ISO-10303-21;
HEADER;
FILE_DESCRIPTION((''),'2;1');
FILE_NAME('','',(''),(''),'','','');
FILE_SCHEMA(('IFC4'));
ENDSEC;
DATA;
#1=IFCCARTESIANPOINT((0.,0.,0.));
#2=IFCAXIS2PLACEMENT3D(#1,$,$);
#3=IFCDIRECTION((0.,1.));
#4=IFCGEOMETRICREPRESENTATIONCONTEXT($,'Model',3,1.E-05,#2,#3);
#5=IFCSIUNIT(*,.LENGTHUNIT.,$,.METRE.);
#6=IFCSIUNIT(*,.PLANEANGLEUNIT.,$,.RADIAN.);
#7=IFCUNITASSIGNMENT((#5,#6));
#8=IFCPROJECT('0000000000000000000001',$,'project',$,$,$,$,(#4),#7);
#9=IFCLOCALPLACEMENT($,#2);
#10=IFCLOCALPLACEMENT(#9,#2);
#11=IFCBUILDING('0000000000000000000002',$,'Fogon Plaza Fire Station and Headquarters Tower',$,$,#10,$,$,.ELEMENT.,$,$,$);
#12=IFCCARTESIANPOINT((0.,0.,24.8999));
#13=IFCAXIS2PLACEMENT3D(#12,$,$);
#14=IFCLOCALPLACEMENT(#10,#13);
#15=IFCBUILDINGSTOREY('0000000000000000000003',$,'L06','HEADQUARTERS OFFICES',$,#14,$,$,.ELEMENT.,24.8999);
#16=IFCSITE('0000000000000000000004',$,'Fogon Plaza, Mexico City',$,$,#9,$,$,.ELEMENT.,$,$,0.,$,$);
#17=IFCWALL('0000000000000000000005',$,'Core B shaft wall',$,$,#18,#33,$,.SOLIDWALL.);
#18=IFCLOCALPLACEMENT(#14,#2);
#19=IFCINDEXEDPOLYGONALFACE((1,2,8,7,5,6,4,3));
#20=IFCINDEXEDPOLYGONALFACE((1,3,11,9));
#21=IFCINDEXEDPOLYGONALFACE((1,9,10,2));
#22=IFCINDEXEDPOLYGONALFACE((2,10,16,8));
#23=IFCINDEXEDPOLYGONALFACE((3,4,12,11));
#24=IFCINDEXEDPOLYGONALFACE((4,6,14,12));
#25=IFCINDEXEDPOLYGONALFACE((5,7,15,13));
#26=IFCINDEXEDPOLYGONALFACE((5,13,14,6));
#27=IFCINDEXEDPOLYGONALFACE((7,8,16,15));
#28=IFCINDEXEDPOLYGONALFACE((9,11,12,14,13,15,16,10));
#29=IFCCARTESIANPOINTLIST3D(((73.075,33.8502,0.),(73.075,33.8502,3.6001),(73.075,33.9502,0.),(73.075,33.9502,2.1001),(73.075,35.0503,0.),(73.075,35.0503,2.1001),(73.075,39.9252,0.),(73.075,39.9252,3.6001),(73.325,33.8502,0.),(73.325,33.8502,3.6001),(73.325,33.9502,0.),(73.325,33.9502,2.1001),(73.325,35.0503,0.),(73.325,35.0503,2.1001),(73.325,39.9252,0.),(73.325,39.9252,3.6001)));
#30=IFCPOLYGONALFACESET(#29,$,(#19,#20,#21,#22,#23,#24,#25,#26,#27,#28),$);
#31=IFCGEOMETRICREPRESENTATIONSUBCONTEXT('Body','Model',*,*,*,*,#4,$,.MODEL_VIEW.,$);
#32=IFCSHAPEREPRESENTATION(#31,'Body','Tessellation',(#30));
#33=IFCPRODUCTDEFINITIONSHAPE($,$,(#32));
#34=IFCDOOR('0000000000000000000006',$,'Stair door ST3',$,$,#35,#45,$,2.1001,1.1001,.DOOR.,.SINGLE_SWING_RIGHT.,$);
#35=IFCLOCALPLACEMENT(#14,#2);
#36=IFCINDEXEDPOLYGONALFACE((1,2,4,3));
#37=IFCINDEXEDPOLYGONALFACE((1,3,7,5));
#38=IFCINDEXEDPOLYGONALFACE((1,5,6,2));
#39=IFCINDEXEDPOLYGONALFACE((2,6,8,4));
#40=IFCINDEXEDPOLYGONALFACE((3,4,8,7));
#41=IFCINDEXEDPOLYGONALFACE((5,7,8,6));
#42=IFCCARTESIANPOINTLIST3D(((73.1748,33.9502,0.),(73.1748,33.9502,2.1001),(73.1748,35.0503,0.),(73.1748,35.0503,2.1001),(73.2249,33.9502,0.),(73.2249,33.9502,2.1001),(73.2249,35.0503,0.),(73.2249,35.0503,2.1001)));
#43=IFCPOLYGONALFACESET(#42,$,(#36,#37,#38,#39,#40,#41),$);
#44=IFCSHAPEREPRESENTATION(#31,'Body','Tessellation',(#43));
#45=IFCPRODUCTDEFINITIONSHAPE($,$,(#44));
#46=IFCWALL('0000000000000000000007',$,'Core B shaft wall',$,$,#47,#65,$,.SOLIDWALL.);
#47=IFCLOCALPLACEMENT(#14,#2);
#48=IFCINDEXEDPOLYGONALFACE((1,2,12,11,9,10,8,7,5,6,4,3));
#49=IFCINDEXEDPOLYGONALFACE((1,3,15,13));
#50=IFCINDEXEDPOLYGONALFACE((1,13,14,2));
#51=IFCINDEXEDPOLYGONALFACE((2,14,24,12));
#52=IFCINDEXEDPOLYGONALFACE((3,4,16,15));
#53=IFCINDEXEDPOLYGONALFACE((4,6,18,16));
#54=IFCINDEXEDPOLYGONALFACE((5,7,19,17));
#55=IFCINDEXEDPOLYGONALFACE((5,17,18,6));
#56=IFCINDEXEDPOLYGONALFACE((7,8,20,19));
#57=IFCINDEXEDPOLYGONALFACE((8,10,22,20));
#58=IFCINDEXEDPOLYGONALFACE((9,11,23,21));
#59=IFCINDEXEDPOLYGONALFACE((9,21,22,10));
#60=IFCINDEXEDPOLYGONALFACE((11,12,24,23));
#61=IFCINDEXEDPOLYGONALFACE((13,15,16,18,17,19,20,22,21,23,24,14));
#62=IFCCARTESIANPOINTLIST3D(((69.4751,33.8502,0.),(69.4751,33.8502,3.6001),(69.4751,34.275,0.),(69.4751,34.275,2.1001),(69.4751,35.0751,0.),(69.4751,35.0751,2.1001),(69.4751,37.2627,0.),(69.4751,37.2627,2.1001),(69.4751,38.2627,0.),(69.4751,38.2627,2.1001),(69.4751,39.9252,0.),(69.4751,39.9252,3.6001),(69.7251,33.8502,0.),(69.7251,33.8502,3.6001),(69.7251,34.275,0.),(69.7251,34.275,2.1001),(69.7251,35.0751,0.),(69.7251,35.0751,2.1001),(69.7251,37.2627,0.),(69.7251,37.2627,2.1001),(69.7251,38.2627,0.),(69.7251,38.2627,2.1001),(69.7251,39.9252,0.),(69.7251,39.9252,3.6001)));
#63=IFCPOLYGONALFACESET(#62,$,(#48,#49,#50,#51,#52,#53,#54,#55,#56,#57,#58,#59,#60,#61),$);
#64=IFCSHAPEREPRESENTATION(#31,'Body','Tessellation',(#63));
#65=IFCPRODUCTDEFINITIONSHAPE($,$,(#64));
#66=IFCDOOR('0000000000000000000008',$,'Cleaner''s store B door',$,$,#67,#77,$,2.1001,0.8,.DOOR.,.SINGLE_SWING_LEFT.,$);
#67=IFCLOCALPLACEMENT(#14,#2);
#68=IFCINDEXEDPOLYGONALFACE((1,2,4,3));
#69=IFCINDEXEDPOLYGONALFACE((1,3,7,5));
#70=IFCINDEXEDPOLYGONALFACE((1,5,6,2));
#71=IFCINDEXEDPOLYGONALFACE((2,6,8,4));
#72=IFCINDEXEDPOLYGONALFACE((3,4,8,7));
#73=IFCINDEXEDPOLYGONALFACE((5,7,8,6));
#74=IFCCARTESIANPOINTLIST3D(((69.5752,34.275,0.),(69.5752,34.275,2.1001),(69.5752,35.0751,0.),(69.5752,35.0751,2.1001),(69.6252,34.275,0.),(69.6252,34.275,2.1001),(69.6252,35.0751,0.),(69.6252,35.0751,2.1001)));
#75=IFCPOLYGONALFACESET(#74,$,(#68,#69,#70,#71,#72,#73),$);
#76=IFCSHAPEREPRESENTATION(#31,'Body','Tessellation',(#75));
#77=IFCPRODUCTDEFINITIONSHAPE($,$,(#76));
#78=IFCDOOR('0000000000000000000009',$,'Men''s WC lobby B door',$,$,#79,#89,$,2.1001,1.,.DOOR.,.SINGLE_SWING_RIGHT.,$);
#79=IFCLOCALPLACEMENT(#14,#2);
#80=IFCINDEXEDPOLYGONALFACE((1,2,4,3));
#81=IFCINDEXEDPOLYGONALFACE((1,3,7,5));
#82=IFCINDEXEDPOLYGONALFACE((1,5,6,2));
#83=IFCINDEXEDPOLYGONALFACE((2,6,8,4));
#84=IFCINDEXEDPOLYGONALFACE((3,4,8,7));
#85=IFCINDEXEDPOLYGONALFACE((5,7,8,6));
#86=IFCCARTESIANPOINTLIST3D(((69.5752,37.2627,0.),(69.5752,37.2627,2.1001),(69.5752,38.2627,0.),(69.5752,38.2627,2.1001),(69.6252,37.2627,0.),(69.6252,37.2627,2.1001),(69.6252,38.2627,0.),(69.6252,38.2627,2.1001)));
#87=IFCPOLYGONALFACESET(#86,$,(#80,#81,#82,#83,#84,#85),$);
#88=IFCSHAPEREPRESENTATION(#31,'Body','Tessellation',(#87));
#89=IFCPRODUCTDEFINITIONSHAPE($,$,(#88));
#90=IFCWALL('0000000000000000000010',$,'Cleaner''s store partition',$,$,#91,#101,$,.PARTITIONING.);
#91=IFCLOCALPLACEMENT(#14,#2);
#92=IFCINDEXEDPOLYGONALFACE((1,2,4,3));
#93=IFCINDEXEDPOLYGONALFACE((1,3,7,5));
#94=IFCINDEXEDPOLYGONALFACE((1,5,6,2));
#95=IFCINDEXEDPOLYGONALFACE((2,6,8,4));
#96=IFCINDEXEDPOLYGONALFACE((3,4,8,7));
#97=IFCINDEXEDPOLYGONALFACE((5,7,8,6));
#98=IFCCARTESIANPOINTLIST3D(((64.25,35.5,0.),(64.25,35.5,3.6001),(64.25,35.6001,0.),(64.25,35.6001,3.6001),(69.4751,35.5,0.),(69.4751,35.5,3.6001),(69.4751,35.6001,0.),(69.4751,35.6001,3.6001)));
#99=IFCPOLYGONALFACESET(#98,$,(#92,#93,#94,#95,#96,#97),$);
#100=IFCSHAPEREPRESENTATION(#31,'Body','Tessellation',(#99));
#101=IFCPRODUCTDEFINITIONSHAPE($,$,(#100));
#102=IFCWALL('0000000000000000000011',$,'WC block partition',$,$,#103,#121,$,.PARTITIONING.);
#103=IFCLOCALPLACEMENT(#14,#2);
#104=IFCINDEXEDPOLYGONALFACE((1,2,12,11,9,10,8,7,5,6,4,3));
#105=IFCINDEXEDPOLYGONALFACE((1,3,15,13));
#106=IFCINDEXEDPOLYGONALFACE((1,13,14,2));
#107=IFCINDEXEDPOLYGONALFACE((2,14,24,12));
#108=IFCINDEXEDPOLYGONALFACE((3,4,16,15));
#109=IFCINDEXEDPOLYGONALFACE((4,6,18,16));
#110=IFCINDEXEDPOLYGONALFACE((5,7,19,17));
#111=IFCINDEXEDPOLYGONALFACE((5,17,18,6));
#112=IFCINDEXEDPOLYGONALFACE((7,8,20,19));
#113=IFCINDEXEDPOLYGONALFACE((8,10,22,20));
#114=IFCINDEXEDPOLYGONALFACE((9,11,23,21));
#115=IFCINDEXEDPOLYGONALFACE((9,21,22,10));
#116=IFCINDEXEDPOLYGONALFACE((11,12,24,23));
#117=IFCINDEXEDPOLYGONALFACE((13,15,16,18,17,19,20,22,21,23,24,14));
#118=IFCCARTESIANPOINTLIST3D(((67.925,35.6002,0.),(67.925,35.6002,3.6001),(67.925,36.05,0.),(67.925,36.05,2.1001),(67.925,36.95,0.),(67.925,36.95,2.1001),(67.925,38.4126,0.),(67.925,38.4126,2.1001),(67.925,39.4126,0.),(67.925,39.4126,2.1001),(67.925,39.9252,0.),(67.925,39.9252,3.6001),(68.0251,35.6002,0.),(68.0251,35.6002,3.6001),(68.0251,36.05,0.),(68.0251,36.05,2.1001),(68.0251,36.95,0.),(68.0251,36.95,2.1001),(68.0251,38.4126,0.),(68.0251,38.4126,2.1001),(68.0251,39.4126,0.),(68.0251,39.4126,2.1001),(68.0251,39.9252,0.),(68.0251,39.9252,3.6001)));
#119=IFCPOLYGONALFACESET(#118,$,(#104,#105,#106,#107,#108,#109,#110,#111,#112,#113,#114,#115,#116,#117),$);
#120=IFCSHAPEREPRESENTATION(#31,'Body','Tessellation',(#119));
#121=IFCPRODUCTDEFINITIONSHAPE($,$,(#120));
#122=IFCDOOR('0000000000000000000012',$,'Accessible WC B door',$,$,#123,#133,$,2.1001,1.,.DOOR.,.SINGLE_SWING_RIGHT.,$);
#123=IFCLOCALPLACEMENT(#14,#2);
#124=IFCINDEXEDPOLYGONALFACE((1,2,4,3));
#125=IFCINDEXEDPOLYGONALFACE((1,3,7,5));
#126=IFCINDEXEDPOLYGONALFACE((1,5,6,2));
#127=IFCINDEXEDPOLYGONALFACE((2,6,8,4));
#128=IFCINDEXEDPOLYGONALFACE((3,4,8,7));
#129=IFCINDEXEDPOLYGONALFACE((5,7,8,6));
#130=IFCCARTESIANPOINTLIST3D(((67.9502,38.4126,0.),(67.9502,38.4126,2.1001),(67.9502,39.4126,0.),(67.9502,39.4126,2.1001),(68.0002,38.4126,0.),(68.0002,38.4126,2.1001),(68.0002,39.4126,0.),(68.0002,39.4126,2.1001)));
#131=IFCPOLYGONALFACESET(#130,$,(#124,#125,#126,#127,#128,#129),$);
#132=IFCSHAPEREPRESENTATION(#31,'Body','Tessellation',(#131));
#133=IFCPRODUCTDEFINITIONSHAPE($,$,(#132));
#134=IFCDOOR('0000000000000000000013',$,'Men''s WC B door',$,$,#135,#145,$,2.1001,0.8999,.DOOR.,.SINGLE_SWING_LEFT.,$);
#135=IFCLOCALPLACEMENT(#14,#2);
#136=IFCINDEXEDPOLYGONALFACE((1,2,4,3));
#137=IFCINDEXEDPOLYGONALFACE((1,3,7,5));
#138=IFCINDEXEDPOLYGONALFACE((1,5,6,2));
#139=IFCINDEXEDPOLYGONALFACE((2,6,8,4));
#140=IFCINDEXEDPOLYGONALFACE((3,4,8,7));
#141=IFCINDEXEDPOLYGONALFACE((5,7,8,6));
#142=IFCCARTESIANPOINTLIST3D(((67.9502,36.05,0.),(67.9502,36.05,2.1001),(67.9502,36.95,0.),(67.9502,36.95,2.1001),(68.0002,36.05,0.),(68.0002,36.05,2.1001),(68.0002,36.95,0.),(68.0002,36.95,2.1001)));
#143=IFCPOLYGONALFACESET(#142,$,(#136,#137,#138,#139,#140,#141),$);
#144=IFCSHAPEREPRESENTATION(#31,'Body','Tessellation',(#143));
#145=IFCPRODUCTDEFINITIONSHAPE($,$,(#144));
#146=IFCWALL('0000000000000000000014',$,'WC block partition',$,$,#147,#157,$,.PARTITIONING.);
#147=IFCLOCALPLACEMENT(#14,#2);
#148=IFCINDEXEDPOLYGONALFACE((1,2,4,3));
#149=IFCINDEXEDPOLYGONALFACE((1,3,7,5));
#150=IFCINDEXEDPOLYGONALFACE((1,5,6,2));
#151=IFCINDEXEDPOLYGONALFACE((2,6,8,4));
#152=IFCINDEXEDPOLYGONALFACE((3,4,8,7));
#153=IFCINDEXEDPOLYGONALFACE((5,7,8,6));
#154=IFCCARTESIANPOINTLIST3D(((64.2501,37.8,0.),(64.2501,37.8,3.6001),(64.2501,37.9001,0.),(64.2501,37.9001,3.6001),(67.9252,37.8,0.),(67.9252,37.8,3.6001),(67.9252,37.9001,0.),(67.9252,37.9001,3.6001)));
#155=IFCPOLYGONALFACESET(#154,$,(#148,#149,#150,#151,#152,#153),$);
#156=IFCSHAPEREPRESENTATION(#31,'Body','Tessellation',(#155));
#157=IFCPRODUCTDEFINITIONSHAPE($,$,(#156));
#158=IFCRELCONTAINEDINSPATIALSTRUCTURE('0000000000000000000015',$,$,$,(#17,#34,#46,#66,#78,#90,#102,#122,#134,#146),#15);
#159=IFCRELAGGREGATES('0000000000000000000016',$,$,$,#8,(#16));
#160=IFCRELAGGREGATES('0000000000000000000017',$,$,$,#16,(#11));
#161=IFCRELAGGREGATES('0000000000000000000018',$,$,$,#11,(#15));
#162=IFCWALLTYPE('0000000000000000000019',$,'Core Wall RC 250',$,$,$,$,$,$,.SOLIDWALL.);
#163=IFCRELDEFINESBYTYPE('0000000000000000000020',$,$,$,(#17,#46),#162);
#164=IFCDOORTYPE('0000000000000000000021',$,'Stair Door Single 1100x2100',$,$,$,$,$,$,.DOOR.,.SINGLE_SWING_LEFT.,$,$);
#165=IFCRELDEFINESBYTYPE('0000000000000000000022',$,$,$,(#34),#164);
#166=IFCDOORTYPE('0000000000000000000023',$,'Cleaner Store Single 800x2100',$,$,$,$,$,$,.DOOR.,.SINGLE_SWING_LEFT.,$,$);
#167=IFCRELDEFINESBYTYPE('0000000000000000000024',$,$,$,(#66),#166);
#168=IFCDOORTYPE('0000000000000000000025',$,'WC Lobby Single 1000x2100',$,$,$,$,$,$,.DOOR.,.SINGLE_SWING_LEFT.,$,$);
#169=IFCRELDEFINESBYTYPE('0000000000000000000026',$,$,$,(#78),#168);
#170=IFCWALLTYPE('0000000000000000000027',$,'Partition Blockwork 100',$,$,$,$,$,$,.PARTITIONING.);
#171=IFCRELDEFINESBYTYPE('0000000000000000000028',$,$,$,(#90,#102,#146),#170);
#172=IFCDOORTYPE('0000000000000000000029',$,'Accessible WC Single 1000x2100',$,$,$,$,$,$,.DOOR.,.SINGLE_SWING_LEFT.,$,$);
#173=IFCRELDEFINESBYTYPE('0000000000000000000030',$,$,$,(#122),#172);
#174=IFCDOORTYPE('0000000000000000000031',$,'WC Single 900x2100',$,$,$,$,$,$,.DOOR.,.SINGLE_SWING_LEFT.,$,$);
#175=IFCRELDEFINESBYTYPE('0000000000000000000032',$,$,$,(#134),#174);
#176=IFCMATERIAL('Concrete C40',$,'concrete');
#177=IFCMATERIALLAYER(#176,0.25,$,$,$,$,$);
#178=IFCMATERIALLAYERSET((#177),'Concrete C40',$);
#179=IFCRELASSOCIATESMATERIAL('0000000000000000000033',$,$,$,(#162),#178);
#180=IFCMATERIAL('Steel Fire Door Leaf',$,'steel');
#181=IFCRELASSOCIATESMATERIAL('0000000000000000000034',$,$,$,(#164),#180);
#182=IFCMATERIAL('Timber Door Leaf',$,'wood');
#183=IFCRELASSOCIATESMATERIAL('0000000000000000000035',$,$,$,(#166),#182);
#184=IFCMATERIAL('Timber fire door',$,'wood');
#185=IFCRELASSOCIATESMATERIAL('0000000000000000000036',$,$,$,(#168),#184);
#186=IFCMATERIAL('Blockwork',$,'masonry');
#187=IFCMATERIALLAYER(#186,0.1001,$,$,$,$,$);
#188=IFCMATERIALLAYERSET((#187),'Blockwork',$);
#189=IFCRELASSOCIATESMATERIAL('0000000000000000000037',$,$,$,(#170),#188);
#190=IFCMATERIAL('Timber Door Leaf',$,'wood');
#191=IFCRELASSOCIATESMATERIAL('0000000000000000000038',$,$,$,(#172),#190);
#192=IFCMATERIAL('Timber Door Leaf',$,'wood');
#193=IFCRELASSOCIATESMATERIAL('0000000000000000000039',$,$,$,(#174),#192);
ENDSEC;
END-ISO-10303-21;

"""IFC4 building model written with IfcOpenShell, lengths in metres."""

from ifc_helpers import new_model, si_unit, direction, frame, frame_2d, origin, place, context, subcontext, project, spatial, rectangle, extrude, material, layer, layer_set, type_object, element, fill, save


model = new_model("IFC4")

# Units and contexts
model_context = context("Model", 3, precision=1e-05, world=origin(), true_north=direction((0.0, 1.0)))
body_context = subcontext(model_context, "Body", "Model", "MODEL_VIEW")
ifc_project = project(units=[si_unit("LENGTHUNIT", "METRE"), si_unit("PLANEANGLEUNIT", "RADIAN")], contexts=[model_context])

# Site, building, storey
site_placement = place(None, origin())
site = spatial("IfcSite", under=ifc_project, at=site_placement, Name="Fogon Plaza, Mexico City", CompositionType="ELEMENT", RefElevation=0.0)
building_placement = place(site_placement, origin())
building = spatial("IfcBuilding", under=site, at=building_placement, Name="Fogon Plaza Fire Station and Headquarters Tower", CompositionType="ELEMENT")
storey_placement = place(building_placement, frame((0.0, 0.0, 24.8999)))
storey = spatial("IfcBuildingStorey", under=building, at=storey_placement, Name="L06", Description="HEADQUARTERS OFFICES", CompositionType="ELEMENT", Elevation=24.8999)

# Wall, opening, door
ifc_material_1 = material(Name="Concrete C40", Category="concrete")
ifc_layer_1 = layer(ifc_material_1, 0.25)
ifc_layer_set_1 = layer_set([ifc_layer_1], Name="Concrete C40")
wall_type_1 = type_object("IfcWallType", Name="Core Wall RC 250", PredefinedType="SOLIDWALL", material=ifc_layer_set_1)
wall_1_placement = place(storey_placement, frame((73.2, 33.8501, 0.0), z_axis=(0.0, 0.0, 1.0), x_axis=(0.0, 1.0, 0.0)))
wall_1 = element("IfcWall", 1, at=wall_1_placement, inside=storey, type_object=wall_type_1, Name="Core B shaft wall", PredefinedType="SOLIDWALL", context=body_context, shape_type="SweptSolid", body=[
    extrude(rectangle(XDim=6.075, YDim=0.25, at=frame_2d((3.0376, 0.0))), origin(), (0.0, 0.0, 1.0), 3.6001),
])
opening_1_placement = place(wall_1_placement, frame((0.1001, 0.0, 0.0)))
opening_1 = element("IfcOpeningElement", 2, at=opening_1_placement, cuts=wall_1, PredefinedType="OPENING", context=body_context, shape_type="SweptSolid", body=[
    extrude(rectangle(XDim=1.1001, YDim=2.1001, at=frame_2d((0.55, 1.05))), frame((0.0, 0.135, 0.0), z_axis=(0.0, -1.0, 0.0), x_axis=(1.0, 0.0, 0.0)), (0.0, 0.0, 1.0), 0.27),
])
ifc_material_2 = material(Name="Steel Fire Door Leaf", Category="steel")
door_type_1 = type_object("IfcDoorType", Name="Stair Door Single 1100x2100", OperationType="SINGLE_SWING_LEFT", PredefinedType="DOOR", material=ifc_material_2)
door_1_placement = place(opening_1_placement, frame((1.1001, 0.0, 0.0), z_axis=(0.0, 0.0, 1.0), x_axis=(-1.0, 0.0, 0.0)))
door_1 = element("IfcDoor", 3, at=door_1_placement, inside=storey, type_object=door_type_1, Name="Stair door ST3", OperationType="SINGLE_SWING_RIGHT", OverallHeight=2.1001, OverallWidth=1.1001, PredefinedType="DOOR", context=body_context, shape_type="SweptSolid", body=[
    extrude(rectangle(XDim=1.1001, YDim=2.1001, at=frame_2d((0.55, 1.05))), frame((0.0, 0.0249, 0.0), z_axis=(0.0, -1.0, 0.0), x_axis=(1.0, 0.0, 0.0)), (0.0, 0.0, 1.0), 0.05),
])
fill(opening_1, door_1)

# Wall, openings, doors
wall_2_placement = place(storey_placement, frame((69.6001, 33.8501, 0.0), z_axis=(0.0, 0.0, 1.0), x_axis=(0.0, 1.0, 0.0)))
wall_2 = element("IfcWall", 4, at=wall_2_placement, inside=storey, type_object=wall_type_1, Name="Core B shaft wall", PredefinedType="SOLIDWALL", context=body_context, shape_type="SweptSolid", body=[
    extrude(rectangle(XDim=6.075, YDim=0.25, at=frame_2d((3.0376, 0.0))), origin(), (0.0, 0.0, 1.0), 3.6001),
])
opening_2_placement = place(wall_2_placement, frame((0.425, 0.0, 0.0)))
opening_2 = element("IfcOpeningElement", 5, at=opening_2_placement, cuts=wall_2, PredefinedType="OPENING", context=body_context, shape_type="SweptSolid", body=[
    extrude(rectangle(XDim=0.8, YDim=2.1001, at=frame_2d((0.3999, 1.05))), frame((0.0, 0.135, 0.0), z_axis=(0.0, -1.0, 0.0), x_axis=(1.0, 0.0, 0.0)), (0.0, 0.0, 1.0), 0.27),
])
opening_3_placement = place(wall_2_placement, frame((3.4126, 0.0, 0.0)))
opening_3 = element("IfcOpeningElement", 6, at=opening_3_placement, cuts=wall_2, PredefinedType="OPENING", context=body_context, shape_type="SweptSolid", body=[
    extrude(rectangle(XDim=1.0, YDim=2.1001, at=frame_2d((0.5, 1.05))), frame((0.0, 0.135, 0.0), z_axis=(0.0, -1.0, 0.0), x_axis=(1.0, 0.0, 0.0)), (0.0, 0.0, 1.0), 0.27),
])
ifc_material_3 = material(Name="Timber Door Leaf", Category="wood")
door_type_2 = type_object("IfcDoorType", Name="Cleaner Store Single 800x2100", OperationType="SINGLE_SWING_LEFT", PredefinedType="DOOR", material=ifc_material_3)
door_2_placement = place(opening_2_placement, origin())
door_2 = element("IfcDoor", 7, at=door_2_placement, inside=storey, type_object=door_type_2, Name="Cleaner's store B door", OperationType="SINGLE_SWING_LEFT", OverallHeight=2.1001, OverallWidth=0.8, PredefinedType="DOOR", context=body_context, shape_type="SweptSolid", body=[
    extrude(rectangle(XDim=0.8, YDim=2.1001, at=frame_2d((0.3999, 1.05))), frame((0.0, 0.0249, 0.0), z_axis=(0.0, -1.0, 0.0), x_axis=(1.0, 0.0, 0.0)), (0.0, 0.0, 1.0), 0.05),
])
fill(opening_2, door_2)
ifc_material_4 = material(Name="Timber fire door", Category="wood")
door_type_3 = type_object("IfcDoorType", Name="WC Lobby Single 1000x2100", OperationType="SINGLE_SWING_LEFT", PredefinedType="DOOR", material=ifc_material_4)
door_3_placement = place(opening_3_placement, origin())
door_3 = element("IfcDoor", 8, at=door_3_placement, inside=storey, type_object=door_type_3, Name="Men's WC lobby B door", OperationType="SINGLE_SWING_RIGHT", OverallHeight=2.1001, OverallWidth=1.0, PredefinedType="DOOR", context=body_context, shape_type="SweptSolid", body=[
    extrude(rectangle(XDim=1.0, YDim=2.1001, at=frame_2d((0.5, 1.05))), frame((0.0, 0.0249, 0.0), z_axis=(0.0, -1.0, 0.0), x_axis=(1.0, 0.0, 0.0)), (0.0, 0.0, 1.0), 0.05),
])
fill(opening_3, door_3)

# Wall
ifc_material_5 = material(Name="Blockwork", Category="masonry")
ifc_layer_2 = layer(ifc_material_5, 0.1001)
ifc_layer_set_2 = layer_set([ifc_layer_2], Name="Blockwork")
wall_type_2 = type_object("IfcWallType", Name="Partition Blockwork 100", PredefinedType="PARTITIONING", material=ifc_layer_set_2)
wall_3_placement = place(storey_placement, frame((69.4751, 35.55, 0.0), z_axis=(0.0, 0.0, 1.0), x_axis=(-1.0, 0.0, 0.0)))
element("IfcWall", 9, at=wall_3_placement, inside=storey, type_object=wall_type_2, Name="Cleaner's store partition", PredefinedType="PARTITIONING", context=body_context, shape_type="SweptSolid", body=[
    extrude(rectangle(XDim=5.2251, YDim=0.1001, at=frame_2d((2.6125, 0.0))), origin(), (0.0, 0.0, 1.0), 3.6001),
])

# Wall, openings, doors
wall_4_placement = place(storey_placement, frame((67.9751, 35.6001, 0.0), z_axis=(0.0, 0.0, 1.0), x_axis=(0.0, 1.0, 0.0)))
wall_4 = element("IfcWall", 10, at=wall_4_placement, inside=storey, type_object=wall_type_2, Name="WC block partition", PredefinedType="PARTITIONING", context=body_context, shape_type="SweptSolid", body=[
    extrude(rectangle(XDim=4.325, YDim=0.1001, at=frame_2d((2.1626, 0.0))), origin(), (0.0, 0.0, 1.0), 3.6001),
])
opening_4_placement = place(wall_4_placement, frame((0.45, 0.0, 0.0)))
opening_4 = element("IfcOpeningElement", 11, at=opening_4_placement, cuts=wall_4, PredefinedType="OPENING", context=body_context, shape_type="SweptSolid", body=[
    extrude(rectangle(XDim=0.8999, YDim=2.1001, at=frame_2d((0.45, 1.05))), frame((0.0, 0.0601, 0.0), z_axis=(0.0, -1.0, 0.0), x_axis=(1.0, 0.0, 0.0)), (0.0, 0.0, 1.0), 0.1201),
])
opening_5_placement = place(wall_4_placement, frame((2.8125, 0.0, 0.0)))
opening_5 = element("IfcOpeningElement", 12, at=opening_5_placement, cuts=wall_4, PredefinedType="OPENING", context=body_context, shape_type="SweptSolid", body=[
    extrude(rectangle(XDim=1.0, YDim=2.1001, at=frame_2d((0.5, 1.05))), frame((0.0, 0.0601, 0.0), z_axis=(0.0, -1.0, 0.0), x_axis=(1.0, 0.0, 0.0)), (0.0, 0.0, 1.0), 0.1201),
])
ifc_material_6 = material(Name="Timber Door Leaf", Category="wood")
door_type_4 = type_object("IfcDoorType", Name="Accessible WC Single 1000x2100", OperationType="SINGLE_SWING_LEFT", PredefinedType="DOOR", material=ifc_material_6)
door_4_placement = place(opening_5_placement, origin())
door_4 = element("IfcDoor", 13, at=door_4_placement, inside=storey, type_object=door_type_4, Name="Accessible WC B door", OperationType="SINGLE_SWING_RIGHT", OverallHeight=2.1001, OverallWidth=1.0, PredefinedType="DOOR", context=body_context, shape_type="SweptSolid", body=[
    extrude(rectangle(XDim=1.0, YDim=2.1001, at=frame_2d((0.5, 1.05))), frame((0.0, 0.0249, 0.0), z_axis=(0.0, -1.0, 0.0), x_axis=(1.0, 0.0, 0.0)), (0.0, 0.0, 1.0), 0.05),
])
fill(opening_5, door_4)
ifc_material_7 = material(Name="Timber Door Leaf", Category="wood")
door_type_5 = type_object("IfcDoorType", Name="WC Single 900x2100", OperationType="SINGLE_SWING_LEFT", PredefinedType="DOOR", material=ifc_material_7)
door_5_placement = place(opening_4_placement, origin())
door_5 = element("IfcDoor", 14, at=door_5_placement, inside=storey, type_object=door_type_5, Name="Men's WC B door", OperationType="SINGLE_SWING_LEFT", OverallHeight=2.1001, OverallWidth=0.8999, PredefinedType="DOOR", context=body_context, shape_type="SweptSolid", body=[
    extrude(rectangle(XDim=0.8999, YDim=2.1001, at=frame_2d((0.45, 1.05))), frame((0.0, 0.0249, 0.0), z_axis=(0.0, -1.0, 0.0), x_axis=(1.0, 0.0, 0.0)), (0.0, 0.0, 1.0), 0.05),
])
fill(opening_4, door_5)

# Wall
wall_5_placement = place(storey_placement, frame((67.925, 37.8501, 0.0), z_axis=(0.0, 0.0, 1.0), x_axis=(-1.0, 0.0, 0.0)))
element("IfcWall", 15, at=wall_5_placement, inside=storey, type_object=wall_type_2, Name="WC block partition", PredefinedType="PARTITIONING", context=body_context, shape_type="SweptSolid", body=[
    extrude(rectangle(XDim=3.675, YDim=0.1001, at=frame_2d((1.8374, 0.0))), origin(), (0.0, 0.0, 1.0), 3.6001),
])

save(model, "model.ifc")
